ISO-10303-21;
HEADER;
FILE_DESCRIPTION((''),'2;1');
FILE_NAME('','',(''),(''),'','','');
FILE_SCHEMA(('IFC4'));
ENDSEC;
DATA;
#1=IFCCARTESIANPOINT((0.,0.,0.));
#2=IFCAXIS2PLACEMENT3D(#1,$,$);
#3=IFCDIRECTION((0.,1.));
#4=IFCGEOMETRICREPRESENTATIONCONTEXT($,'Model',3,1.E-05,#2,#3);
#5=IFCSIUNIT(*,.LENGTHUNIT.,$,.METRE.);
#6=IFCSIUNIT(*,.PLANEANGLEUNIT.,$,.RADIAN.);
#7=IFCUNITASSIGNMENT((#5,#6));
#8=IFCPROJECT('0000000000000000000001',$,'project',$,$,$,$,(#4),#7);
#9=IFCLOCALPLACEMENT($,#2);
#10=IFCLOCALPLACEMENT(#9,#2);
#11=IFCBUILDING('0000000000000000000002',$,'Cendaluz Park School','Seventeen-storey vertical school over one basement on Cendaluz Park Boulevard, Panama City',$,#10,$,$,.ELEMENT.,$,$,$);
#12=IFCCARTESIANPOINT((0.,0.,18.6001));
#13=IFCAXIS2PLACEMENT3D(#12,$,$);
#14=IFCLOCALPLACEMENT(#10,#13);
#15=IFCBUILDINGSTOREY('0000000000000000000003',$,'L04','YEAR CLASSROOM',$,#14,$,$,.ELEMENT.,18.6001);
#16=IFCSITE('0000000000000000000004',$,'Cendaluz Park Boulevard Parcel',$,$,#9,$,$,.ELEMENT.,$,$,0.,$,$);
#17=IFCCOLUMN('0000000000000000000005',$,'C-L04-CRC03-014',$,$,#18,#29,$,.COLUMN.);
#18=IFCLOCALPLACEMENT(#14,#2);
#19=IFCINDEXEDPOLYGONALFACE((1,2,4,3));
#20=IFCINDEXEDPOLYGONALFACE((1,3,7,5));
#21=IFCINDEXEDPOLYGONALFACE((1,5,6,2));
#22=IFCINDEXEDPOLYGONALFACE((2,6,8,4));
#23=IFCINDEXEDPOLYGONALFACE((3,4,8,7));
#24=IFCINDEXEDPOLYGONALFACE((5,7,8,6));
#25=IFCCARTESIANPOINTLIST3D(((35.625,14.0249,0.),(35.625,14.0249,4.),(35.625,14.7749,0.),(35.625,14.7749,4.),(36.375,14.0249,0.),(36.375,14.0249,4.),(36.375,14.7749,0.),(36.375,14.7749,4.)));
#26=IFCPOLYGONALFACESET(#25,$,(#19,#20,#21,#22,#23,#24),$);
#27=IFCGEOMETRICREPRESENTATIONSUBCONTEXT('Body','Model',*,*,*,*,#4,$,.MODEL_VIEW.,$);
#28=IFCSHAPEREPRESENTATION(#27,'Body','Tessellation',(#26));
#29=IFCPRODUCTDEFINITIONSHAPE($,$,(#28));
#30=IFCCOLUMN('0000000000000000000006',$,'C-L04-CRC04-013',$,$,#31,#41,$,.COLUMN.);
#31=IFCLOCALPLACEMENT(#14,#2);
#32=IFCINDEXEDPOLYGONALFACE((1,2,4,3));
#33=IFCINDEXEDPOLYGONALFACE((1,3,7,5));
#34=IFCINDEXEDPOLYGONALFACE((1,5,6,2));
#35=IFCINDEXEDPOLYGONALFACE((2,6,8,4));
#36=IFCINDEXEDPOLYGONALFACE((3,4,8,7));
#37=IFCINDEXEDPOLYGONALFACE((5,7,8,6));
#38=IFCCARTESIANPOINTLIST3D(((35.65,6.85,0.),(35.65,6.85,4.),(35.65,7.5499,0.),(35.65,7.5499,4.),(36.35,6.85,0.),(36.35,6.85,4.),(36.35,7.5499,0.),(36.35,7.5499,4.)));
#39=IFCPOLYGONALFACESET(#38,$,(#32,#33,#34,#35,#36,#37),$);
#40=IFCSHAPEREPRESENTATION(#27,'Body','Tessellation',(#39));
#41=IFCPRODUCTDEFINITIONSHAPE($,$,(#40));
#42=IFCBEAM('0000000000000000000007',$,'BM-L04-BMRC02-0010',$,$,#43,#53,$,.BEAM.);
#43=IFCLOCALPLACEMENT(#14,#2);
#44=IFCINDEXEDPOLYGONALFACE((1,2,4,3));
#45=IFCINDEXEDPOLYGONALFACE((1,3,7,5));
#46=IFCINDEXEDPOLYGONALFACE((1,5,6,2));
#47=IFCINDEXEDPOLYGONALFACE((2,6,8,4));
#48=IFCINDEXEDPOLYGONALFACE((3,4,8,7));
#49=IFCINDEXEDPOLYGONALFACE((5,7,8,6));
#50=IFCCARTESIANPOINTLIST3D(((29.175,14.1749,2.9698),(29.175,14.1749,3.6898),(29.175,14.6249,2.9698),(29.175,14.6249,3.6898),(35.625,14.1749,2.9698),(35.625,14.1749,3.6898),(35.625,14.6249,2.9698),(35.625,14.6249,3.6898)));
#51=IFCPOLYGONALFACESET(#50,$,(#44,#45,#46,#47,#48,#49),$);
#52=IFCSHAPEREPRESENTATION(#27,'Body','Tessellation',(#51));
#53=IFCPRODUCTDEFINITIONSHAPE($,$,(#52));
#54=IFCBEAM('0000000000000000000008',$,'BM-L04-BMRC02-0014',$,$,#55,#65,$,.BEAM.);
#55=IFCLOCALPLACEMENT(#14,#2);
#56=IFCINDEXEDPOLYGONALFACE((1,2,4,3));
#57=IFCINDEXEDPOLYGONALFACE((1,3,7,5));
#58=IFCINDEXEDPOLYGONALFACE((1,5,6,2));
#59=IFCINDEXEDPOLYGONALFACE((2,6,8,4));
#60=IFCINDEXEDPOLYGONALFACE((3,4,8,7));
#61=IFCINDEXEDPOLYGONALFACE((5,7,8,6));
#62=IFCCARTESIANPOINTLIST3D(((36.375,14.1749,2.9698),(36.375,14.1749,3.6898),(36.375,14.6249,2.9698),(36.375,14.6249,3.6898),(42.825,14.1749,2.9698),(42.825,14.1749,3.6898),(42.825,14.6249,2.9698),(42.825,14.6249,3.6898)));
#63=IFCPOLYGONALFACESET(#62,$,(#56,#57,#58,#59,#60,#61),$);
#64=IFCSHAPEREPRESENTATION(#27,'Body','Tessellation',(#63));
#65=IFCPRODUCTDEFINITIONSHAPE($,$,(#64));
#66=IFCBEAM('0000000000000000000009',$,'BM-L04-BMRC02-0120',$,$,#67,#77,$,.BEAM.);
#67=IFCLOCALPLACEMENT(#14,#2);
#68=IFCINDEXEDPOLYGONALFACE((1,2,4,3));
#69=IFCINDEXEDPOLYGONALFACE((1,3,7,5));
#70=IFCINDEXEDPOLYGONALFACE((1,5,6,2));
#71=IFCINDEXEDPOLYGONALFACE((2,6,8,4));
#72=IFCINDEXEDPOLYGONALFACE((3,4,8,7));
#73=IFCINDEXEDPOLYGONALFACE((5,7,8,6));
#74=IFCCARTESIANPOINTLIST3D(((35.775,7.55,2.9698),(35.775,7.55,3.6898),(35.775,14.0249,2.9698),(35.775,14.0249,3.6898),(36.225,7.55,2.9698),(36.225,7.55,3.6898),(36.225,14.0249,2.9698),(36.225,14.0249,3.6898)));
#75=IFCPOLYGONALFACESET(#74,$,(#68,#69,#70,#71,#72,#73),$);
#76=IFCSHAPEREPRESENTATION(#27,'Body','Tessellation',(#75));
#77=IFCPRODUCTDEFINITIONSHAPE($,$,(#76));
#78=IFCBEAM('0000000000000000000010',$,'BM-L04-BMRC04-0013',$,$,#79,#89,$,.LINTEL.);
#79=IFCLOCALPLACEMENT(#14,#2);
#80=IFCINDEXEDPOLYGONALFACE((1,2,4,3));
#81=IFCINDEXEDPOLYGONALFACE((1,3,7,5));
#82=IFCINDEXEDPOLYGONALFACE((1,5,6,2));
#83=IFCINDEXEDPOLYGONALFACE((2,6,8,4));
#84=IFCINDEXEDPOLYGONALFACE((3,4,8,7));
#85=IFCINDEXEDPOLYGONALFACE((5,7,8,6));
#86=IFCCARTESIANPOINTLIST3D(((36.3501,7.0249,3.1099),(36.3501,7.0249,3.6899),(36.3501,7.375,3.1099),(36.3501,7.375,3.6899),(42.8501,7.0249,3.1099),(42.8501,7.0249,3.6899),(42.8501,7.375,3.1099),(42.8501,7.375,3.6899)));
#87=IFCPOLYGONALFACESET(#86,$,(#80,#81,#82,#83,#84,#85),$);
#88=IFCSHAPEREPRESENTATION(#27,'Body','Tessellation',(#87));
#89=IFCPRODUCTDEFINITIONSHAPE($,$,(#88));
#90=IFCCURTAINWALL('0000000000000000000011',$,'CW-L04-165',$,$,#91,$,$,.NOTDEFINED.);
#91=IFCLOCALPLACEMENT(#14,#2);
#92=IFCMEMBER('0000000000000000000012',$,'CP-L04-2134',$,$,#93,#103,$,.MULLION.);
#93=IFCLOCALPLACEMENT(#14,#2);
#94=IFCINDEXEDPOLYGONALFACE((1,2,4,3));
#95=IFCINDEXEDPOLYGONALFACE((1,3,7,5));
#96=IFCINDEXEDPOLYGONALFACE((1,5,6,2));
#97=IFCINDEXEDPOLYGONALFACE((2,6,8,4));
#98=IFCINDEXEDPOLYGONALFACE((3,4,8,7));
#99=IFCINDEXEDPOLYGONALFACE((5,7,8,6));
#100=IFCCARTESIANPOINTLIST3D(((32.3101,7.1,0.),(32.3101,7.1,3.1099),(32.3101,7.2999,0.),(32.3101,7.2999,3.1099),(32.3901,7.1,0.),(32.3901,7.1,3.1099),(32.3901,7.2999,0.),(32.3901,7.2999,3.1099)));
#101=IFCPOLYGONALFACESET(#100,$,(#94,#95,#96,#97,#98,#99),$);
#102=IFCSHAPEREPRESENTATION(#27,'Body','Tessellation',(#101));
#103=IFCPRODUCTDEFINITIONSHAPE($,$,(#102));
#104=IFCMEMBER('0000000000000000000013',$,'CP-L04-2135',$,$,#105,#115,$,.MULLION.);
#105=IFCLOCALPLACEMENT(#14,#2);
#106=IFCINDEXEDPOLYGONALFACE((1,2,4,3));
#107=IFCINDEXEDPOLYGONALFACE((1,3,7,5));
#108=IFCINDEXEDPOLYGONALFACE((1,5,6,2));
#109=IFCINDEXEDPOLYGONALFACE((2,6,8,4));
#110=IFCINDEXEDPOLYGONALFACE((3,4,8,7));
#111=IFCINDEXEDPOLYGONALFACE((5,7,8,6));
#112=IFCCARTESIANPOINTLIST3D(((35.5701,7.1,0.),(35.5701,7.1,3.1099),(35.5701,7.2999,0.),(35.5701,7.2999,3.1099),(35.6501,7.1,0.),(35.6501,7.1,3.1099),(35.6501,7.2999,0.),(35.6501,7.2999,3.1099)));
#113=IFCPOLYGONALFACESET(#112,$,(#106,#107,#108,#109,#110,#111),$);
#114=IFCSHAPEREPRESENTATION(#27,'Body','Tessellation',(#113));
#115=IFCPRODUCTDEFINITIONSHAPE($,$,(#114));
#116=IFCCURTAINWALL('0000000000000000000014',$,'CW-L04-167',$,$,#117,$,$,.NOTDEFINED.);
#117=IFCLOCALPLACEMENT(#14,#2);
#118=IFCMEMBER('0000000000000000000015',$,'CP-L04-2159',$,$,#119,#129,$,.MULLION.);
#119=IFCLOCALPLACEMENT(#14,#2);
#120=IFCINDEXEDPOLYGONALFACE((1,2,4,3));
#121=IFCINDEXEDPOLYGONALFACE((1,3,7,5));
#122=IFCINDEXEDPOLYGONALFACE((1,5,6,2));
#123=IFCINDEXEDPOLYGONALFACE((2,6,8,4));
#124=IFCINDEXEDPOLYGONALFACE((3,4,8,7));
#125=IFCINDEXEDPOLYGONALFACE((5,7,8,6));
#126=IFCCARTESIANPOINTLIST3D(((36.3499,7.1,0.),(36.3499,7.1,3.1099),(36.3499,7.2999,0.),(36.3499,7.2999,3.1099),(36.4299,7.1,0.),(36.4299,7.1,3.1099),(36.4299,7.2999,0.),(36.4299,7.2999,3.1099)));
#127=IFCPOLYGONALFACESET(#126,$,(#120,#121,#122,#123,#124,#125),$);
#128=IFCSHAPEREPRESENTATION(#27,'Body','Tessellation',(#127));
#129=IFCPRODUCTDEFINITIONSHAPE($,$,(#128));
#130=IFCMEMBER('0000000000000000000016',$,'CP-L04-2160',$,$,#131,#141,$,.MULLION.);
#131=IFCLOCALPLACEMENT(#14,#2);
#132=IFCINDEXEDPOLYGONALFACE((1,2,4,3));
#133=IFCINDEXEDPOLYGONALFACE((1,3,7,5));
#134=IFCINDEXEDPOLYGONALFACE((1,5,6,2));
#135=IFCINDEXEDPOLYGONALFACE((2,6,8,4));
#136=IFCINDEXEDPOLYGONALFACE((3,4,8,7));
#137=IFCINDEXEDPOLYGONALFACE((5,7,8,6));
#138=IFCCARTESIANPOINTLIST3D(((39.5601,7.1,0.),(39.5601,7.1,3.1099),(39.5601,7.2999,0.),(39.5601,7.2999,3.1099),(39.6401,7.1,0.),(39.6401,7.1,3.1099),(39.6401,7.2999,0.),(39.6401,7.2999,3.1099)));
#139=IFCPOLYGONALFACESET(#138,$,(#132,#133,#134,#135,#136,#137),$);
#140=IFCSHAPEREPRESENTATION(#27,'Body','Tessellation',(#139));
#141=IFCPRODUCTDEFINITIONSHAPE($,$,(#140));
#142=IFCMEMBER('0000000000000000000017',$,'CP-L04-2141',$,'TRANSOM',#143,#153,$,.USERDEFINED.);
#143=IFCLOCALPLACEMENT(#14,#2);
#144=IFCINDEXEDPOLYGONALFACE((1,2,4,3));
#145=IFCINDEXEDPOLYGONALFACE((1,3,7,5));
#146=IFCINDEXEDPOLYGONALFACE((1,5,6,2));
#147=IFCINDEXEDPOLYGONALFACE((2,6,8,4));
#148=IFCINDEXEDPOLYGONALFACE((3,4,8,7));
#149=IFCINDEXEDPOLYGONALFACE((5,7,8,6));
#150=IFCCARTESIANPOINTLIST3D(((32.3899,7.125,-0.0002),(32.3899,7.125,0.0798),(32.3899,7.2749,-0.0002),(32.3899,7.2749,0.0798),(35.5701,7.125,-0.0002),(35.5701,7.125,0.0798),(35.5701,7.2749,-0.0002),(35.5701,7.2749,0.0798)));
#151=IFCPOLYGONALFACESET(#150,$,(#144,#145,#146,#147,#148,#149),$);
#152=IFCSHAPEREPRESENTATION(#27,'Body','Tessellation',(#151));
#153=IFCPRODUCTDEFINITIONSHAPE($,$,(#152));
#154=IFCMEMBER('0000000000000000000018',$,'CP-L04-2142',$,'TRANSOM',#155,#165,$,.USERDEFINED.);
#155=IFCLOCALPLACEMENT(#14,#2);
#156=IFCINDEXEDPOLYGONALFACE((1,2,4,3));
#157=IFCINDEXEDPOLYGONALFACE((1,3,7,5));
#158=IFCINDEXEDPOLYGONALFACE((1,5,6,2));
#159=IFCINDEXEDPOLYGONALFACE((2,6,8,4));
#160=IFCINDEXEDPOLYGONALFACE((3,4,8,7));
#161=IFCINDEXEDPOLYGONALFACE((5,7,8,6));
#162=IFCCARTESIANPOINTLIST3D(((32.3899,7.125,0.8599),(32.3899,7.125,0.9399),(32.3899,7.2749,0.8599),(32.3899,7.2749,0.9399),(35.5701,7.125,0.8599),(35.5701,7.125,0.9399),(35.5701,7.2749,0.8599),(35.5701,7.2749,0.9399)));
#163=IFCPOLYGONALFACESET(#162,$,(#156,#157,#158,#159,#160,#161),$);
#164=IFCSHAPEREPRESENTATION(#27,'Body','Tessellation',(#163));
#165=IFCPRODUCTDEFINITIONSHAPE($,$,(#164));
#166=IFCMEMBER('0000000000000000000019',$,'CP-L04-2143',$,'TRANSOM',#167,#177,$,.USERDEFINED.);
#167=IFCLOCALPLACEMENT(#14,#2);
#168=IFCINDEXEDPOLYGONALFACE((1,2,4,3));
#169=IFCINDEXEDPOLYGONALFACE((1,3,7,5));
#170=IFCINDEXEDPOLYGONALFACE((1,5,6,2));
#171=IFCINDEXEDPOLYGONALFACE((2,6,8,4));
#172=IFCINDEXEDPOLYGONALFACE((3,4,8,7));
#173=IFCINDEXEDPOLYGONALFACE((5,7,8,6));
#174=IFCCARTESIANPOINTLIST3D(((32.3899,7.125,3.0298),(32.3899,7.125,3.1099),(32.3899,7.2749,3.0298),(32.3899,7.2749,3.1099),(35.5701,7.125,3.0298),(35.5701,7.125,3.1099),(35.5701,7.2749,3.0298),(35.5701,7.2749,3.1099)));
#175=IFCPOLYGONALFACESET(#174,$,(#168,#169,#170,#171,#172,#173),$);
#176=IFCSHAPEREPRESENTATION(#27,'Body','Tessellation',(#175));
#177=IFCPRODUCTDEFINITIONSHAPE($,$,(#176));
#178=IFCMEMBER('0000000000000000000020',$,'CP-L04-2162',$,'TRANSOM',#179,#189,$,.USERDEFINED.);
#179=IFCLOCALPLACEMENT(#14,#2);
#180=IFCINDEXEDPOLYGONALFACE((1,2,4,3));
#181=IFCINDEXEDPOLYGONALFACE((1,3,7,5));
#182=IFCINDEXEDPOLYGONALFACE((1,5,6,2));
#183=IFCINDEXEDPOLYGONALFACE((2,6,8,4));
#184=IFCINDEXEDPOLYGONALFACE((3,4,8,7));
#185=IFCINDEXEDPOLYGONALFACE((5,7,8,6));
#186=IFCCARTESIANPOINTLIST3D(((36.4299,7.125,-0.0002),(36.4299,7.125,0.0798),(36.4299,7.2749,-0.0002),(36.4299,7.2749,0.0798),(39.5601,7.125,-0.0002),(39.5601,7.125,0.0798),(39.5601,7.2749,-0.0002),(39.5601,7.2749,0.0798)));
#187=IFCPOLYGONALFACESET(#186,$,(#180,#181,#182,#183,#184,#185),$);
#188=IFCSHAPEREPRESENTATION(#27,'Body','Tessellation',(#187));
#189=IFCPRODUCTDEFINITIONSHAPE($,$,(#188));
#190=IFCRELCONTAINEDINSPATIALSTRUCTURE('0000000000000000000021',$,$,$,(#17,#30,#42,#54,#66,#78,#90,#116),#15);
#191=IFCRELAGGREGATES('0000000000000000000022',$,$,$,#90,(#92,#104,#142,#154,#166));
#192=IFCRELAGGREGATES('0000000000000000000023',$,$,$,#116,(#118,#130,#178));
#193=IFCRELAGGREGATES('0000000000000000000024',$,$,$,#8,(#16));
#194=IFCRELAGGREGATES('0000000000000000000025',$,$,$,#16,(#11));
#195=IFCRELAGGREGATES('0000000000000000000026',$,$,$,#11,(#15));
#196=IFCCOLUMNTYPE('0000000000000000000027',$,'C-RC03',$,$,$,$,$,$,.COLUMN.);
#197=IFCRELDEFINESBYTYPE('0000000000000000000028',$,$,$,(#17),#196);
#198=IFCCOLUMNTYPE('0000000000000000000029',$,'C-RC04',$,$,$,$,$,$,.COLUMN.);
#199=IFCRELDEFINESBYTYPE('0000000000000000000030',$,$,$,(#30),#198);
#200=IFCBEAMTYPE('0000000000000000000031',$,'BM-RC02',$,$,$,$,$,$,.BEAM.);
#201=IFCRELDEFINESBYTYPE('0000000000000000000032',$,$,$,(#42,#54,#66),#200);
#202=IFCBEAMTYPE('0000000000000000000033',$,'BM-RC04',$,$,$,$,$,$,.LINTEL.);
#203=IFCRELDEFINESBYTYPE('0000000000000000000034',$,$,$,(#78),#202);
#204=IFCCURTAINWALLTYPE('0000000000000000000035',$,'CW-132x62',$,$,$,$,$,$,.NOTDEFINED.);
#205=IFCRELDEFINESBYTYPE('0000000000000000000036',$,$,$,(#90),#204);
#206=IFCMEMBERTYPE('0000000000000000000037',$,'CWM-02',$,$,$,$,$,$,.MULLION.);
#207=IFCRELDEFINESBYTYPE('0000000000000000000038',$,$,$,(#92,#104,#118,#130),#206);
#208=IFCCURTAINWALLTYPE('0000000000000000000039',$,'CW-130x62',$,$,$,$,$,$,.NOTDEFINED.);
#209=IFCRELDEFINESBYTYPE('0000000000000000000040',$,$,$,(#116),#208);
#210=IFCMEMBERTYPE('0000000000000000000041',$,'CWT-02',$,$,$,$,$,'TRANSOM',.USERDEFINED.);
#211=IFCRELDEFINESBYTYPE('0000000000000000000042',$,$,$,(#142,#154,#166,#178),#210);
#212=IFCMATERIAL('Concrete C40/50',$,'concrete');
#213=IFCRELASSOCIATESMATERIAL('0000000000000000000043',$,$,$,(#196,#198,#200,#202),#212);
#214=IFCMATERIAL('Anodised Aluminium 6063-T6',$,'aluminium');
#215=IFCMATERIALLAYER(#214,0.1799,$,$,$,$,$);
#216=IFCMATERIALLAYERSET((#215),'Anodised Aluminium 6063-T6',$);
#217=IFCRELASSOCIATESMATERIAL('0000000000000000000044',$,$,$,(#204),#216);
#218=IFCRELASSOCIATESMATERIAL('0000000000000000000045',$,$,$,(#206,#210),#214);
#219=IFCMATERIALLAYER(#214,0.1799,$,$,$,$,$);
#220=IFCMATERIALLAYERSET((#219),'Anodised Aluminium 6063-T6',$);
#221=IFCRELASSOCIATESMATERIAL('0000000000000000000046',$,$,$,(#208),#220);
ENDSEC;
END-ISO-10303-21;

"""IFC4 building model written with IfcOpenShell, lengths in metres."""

from ifc_helpers import new_model, si_unit, direction, frame, origin, origin_2d, place, context, subcontext, project, spatial, rectangle, extrude, material, layer, layer_set, material_profile, profile_set, type_object, element, aggregate, save


model = new_model("IFC4")

# Units and contexts
model_context = context("Model", 3, precision=1e-05, world=origin(), true_north=direction((0.0, 1.0)))
body_context = subcontext(model_context, "Body", "Model", "MODEL_VIEW")
ifc_project = project(units=[si_unit("LENGTHUNIT", "METRE"), si_unit("PLANEANGLEUNIT", "RADIAN")], contexts=[model_context])

# Site, building, storey
site_placement = place(None, origin())
site = spatial("IfcSite", under=ifc_project, at=site_placement, Name="Cendaluz Park Boulevard Parcel", CompositionType="ELEMENT", RefElevation=0.0)
building_placement = place(site_placement, origin())
building = spatial("IfcBuilding", under=site, at=building_placement, Name="Cendaluz Park School", Description="Seventeen-storey vertical school over one basement on Cendaluz Park Boulevard, Panama City", CompositionType="ELEMENT")
storey_placement = place(building_placement, frame((0.0, 0.0, 18.6001)))
storey = spatial("IfcBuildingStorey", under=building, at=storey_placement, Name="L04", Description="YEAR CLASSROOM", CompositionType="ELEMENT", Elevation=18.6001)

# Columns
ifc_material_1 = material(Name="Concrete C40/50", Category="concrete")
ifc_material_profile_1 = material_profile(ifc_material_1, rectangle(XDim=0.75, YDim=0.75, at=origin_2d()), Name="RC 750x750", Category="concrete")
ifc_profile_set_1 = profile_set([ifc_material_profile_1], Name="Concrete C40/50")
column_type_1 = type_object("IfcColumnType", Name="C-RC03", PredefinedType="COLUMN", material=ifc_profile_set_1)
column_1_placement = place(storey_placement, frame((36.0, 14.3999, 0.0), z_axis=(0.0, 0.0, 1.0), x_axis=(1.0, 0.0, 0.0)))
element("IfcColumn", 1, at=column_1_placement, inside=storey, type_object=column_type_1, Name="C-L04-CRC03-014", PredefinedType="COLUMN", context=body_context, shape_type="SweptSolid", body=[
    extrude(rectangle(XDim=0.75, YDim=0.75, at=origin_2d()), origin(), (0.0, 0.0, 1.0), 4.0),
])
ifc_material_profile_2 = material_profile(ifc_material_1, rectangle(XDim=0.7, YDim=0.7, at=origin_2d()), Name="RC 700x700", Category="concrete")
ifc_profile_set_2 = profile_set([ifc_material_profile_2], Name="Concrete C40/50")
column_type_2 = type_object("IfcColumnType", Name="C-RC04", PredefinedType="COLUMN", material=ifc_profile_set_2)
column_2_placement = place(storey_placement, frame((36.0, 7.2, 0.0), z_axis=(0.0, 0.0, 1.0), x_axis=(1.0, 0.0, 0.0)))
element("IfcColumn", 2, at=column_2_placement, inside=storey, type_object=column_type_2, Name="C-L04-CRC04-013", PredefinedType="COLUMN", context=body_context, shape_type="SweptSolid", body=[
    extrude(rectangle(XDim=0.7, YDim=0.7, at=origin_2d()), origin(), (0.0, 0.0, 1.0), 4.0),
])

# Beams
ifc_material_profile_3 = material_profile(ifc_material_1, rectangle(XDim=0.45, YDim=0.72, at=origin_2d()), Name="RC 450x720", Category="concrete")
ifc_profile_set_3 = profile_set([ifc_material_profile_3], Name="Concrete C40/50")
beam_type_1 = type_object("IfcBeamType", Name="BM-RC02", PredefinedType="BEAM", material=ifc_profile_set_3)
for number, where, z_axis, x_axis, name in (
    (3, (29.175, 14.3999, 3.3298), (1.0, 0.0, 0.0), (0.0, 1.0, 0.0), "BM-L04-BMRC02-0010"),
    (4, (36.375, 14.3999, 3.3298), (1.0, 0.0, 0.0), (0.0, 1.0, 0.0), "BM-L04-BMRC02-0014"),
):
    element("IfcBeam", number, at=place(storey_placement, frame(where, z_axis=z_axis, x_axis=x_axis)), inside=storey, type_object=beam_type_1, Name=name, PredefinedType="BEAM", context=body_context, shape_type="SweptSolid", body=[
        extrude(rectangle(XDim=0.45, YDim=0.72, at=origin_2d()), origin(), (0.0, 0.0, 1.0), 6.45),
    ])
beam_1_placement = place(storey_placement, frame((36.0, 7.55, 3.3298), z_axis=(0.0, 1.0, 0.0), x_axis=(-1.0, 0.0, 0.0)))
element("IfcBeam", 5, at=beam_1_placement, inside=storey, type_object=beam_type_1, Name="BM-L04-BMRC02-0120", PredefinedType="BEAM", context=body_context, shape_type="SweptSolid", body=[
    extrude(rectangle(XDim=0.45, YDim=0.72, at=origin_2d()), origin(), (0.0, 0.0, 1.0), 6.4749),
])
ifc_material_profile_4 = material_profile(ifc_material_1, rectangle(XDim=0.3501, YDim=0.5801, at=origin_2d()), Name="RC 350x580", Category="concrete")
ifc_profile_set_4 = profile_set([ifc_material_profile_4], Name="Concrete C40/50")
beam_type_2 = type_object("IfcBeamType", Name="BM-RC04", PredefinedType="LINTEL", material=ifc_profile_set_4)
beam_2_placement = place(storey_placement, frame((36.3501, 7.2, 3.3999), z_axis=(1.0, 0.0, 0.0), x_axis=(0.0, 1.0, 0.0)))
element("IfcBeam", 6, at=beam_2_placement, inside=storey, type_object=beam_type_2, Name="BM-L04-BMRC04-0013", PredefinedType="LINTEL", context=body_context, shape_type="SweptSolid", body=[
    extrude(rectangle(XDim=0.3501, YDim=0.5801, at=origin_2d()), origin(), (0.0, 0.0, 1.0), 6.5),
])

# Curtain walls, members
ifc_material_2 = material(Name="Anodised Aluminium 6063-T6", Category="aluminium")
ifc_layer_1 = layer(ifc_material_2, 0.1799)
ifc_layer_set_1 = layer_set([ifc_layer_1], Name="Anodised Aluminium 6063-T6")
curtain_wall_type_1 = type_object("IfcCurtainWallType", Name="CW-132x62", PredefinedType="NOTDEFINED", material=ifc_layer_set_1)
curtain_wall_1_placement = place(storey_placement, origin())
curtain_wall_1 = element("IfcCurtainWall", 7, at=curtain_wall_1_placement, inside=storey, type_object=curtain_wall_type_1, Name="CW-L04-165", PredefinedType="NOTDEFINED")
ifc_material_profile_5 = material_profile(ifc_material_2, rectangle(XDim=0.2, YDim=0.0801, at=origin_2d()), Name="CWM 200x80", Category="aluminium")
ifc_profile_set_5 = profile_set([ifc_material_profile_5], Name="Anodised Aluminium 6063-T6")
member_type_1 = type_object("IfcMemberType", Name="CWM-02", PredefinedType="MULLION", material=ifc_profile_set_5)
member_1_placement = place(storey_placement, frame((32.3501, 7.2, 0.0), z_axis=(0.0, 0.0, 1.0), x_axis=(0.0, 1.0, 0.0)))
member_1 = element("IfcMember", 8, at=member_1_placement, type_object=member_type_1, Name="CP-L04-2134", PredefinedType="MULLION", context=body_context, shape_type="SweptSolid", body=[
    extrude(rectangle(XDim=0.2, YDim=0.0801, at=origin_2d()), origin(), (0.0, 0.0, 1.0), 3.1099),
])
member_2_placement = place(storey_placement, frame((35.6101, 7.2, 0.0), z_axis=(0.0, 0.0, 1.0), x_axis=(0.0, 1.0, 0.0)))
member_2 = element("IfcMember", 9, at=member_2_placement, type_object=member_type_1, Name="CP-L04-2135", PredefinedType="MULLION", context=body_context, shape_type="SweptSolid", body=[
    extrude(rectangle(XDim=0.2, YDim=0.0801, at=origin_2d()), origin(), (0.0, 0.0, 1.0), 3.1099),
])
ifc_layer_2 = layer(ifc_material_2, 0.1799)
ifc_layer_set_2 = layer_set([ifc_layer_2], Name="Anodised Aluminium 6063-T6")
curtain_wall_type_2 = type_object("IfcCurtainWallType", Name="CW-130x62", PredefinedType="NOTDEFINED", material=ifc_layer_set_2)
curtain_wall_2_placement = place(storey_placement, origin())
curtain_wall_2 = element("IfcCurtainWall", 10, at=curtain_wall_2_placement, inside=storey, type_object=curtain_wall_type_2, Name="CW-L04-167", PredefinedType="NOTDEFINED")
member_3_placement = place(storey_placement, frame((36.3899, 7.2, 0.0), z_axis=(0.0, 0.0, 1.0), x_axis=(0.0, 1.0, 0.0)))
member_3 = element("IfcMember", 11, at=member_3_placement, type_object=member_type_1, Name="CP-L04-2159", PredefinedType="MULLION", context=body_context, shape_type="SweptSolid", body=[
    extrude(rectangle(XDim=0.2, YDim=0.0801, at=origin_2d()), origin(), (0.0, 0.0, 1.0), 3.1099),
])
member_4_placement = place(storey_placement, frame((39.6001, 7.2, 0.0), z_axis=(0.0, 0.0, 1.0), x_axis=(0.0, 1.0, 0.0)))
member_4 = element("IfcMember", 12, at=member_4_placement, type_object=member_type_1, Name="CP-L04-2160", PredefinedType="MULLION", context=body_context, shape_type="SweptSolid", body=[
    extrude(rectangle(XDim=0.2, YDim=0.0801, at=origin_2d()), origin(), (0.0, 0.0, 1.0), 3.1099),
])

# Members
ifc_material_profile_6 = material_profile(ifc_material_2, rectangle(XDim=0.1499, YDim=0.0801, at=origin_2d()), Name="CWT 150x80", Category="aluminium")
ifc_profile_set_6 = profile_set([ifc_material_profile_6], Name="Anodised Aluminium 6063-T6")
member_type_2 = type_object("IfcMemberType", Name="CWT-02", ElementType="TRANSOM", PredefinedType="USERDEFINED", material=ifc_profile_set_6)
member_5_placement = place(storey_placement, frame((32.3899, 7.2, 0.0398), z_axis=(1.0, 0.0, 0.0), x_axis=(0.0, 1.0, 0.0)))
member_5 = element("IfcMember", 13, at=member_5_placement, type_object=member_type_2, Name="CP-L04-2141", ObjectType="TRANSOM", PredefinedType="USERDEFINED", context=body_context, shape_type="SweptSolid", body=[
    extrude(rectangle(XDim=0.1499, YDim=0.0801, at=origin_2d()), origin(), (0.0, 0.0, 1.0), 3.1802),
])
member_6_placement = place(storey_placement, frame((32.3899, 7.2, 0.8999), z_axis=(1.0, 0.0, 0.0), x_axis=(0.0, 1.0, 0.0)))
member_6 = element("IfcMember", 14, at=member_6_placement, type_object=member_type_2, Name="CP-L04-2142", ObjectType="TRANSOM", PredefinedType="USERDEFINED", context=body_context, shape_type="SweptSolid", body=[
    extrude(rectangle(XDim=0.1499, YDim=0.0801, at=origin_2d()), origin(), (0.0, 0.0, 1.0), 3.1802),
])
member_7_placement = place(storey_placement, frame((32.3899, 7.2, 3.0698), z_axis=(1.0, 0.0, 0.0), x_axis=(0.0, 1.0, 0.0)))
member_7 = element("IfcMember", 15, at=member_7_placement, type_object=member_type_2, Name="CP-L04-2143", ObjectType="TRANSOM", PredefinedType="USERDEFINED", context=body_context, shape_type="SweptSolid", body=[
    extrude(rectangle(XDim=0.1499, YDim=0.0801, at=origin_2d()), origin(), (0.0, 0.0, 1.0), 3.1802),
])
member_8_placement = place(storey_placement, frame((36.4299, 7.2, 0.0398), z_axis=(1.0, 0.0, 0.0), x_axis=(0.0, 1.0, 0.0)))
member_8 = element("IfcMember", 16, at=member_8_placement, type_object=member_type_2, Name="CP-L04-2162", ObjectType="TRANSOM", PredefinedType="USERDEFINED", context=body_context, shape_type="SweptSolid", body=[
    extrude(rectangle(XDim=0.1499, YDim=0.0801, at=origin_2d()), origin(), (0.0, 0.0, 1.0), 3.1301),
])

aggregate(curtain_wall_1, [member_1, member_2, member_5, member_6, member_7])
aggregate(curtain_wall_2, [member_3, member_4, member_8])

save(model, "model.ifc")
